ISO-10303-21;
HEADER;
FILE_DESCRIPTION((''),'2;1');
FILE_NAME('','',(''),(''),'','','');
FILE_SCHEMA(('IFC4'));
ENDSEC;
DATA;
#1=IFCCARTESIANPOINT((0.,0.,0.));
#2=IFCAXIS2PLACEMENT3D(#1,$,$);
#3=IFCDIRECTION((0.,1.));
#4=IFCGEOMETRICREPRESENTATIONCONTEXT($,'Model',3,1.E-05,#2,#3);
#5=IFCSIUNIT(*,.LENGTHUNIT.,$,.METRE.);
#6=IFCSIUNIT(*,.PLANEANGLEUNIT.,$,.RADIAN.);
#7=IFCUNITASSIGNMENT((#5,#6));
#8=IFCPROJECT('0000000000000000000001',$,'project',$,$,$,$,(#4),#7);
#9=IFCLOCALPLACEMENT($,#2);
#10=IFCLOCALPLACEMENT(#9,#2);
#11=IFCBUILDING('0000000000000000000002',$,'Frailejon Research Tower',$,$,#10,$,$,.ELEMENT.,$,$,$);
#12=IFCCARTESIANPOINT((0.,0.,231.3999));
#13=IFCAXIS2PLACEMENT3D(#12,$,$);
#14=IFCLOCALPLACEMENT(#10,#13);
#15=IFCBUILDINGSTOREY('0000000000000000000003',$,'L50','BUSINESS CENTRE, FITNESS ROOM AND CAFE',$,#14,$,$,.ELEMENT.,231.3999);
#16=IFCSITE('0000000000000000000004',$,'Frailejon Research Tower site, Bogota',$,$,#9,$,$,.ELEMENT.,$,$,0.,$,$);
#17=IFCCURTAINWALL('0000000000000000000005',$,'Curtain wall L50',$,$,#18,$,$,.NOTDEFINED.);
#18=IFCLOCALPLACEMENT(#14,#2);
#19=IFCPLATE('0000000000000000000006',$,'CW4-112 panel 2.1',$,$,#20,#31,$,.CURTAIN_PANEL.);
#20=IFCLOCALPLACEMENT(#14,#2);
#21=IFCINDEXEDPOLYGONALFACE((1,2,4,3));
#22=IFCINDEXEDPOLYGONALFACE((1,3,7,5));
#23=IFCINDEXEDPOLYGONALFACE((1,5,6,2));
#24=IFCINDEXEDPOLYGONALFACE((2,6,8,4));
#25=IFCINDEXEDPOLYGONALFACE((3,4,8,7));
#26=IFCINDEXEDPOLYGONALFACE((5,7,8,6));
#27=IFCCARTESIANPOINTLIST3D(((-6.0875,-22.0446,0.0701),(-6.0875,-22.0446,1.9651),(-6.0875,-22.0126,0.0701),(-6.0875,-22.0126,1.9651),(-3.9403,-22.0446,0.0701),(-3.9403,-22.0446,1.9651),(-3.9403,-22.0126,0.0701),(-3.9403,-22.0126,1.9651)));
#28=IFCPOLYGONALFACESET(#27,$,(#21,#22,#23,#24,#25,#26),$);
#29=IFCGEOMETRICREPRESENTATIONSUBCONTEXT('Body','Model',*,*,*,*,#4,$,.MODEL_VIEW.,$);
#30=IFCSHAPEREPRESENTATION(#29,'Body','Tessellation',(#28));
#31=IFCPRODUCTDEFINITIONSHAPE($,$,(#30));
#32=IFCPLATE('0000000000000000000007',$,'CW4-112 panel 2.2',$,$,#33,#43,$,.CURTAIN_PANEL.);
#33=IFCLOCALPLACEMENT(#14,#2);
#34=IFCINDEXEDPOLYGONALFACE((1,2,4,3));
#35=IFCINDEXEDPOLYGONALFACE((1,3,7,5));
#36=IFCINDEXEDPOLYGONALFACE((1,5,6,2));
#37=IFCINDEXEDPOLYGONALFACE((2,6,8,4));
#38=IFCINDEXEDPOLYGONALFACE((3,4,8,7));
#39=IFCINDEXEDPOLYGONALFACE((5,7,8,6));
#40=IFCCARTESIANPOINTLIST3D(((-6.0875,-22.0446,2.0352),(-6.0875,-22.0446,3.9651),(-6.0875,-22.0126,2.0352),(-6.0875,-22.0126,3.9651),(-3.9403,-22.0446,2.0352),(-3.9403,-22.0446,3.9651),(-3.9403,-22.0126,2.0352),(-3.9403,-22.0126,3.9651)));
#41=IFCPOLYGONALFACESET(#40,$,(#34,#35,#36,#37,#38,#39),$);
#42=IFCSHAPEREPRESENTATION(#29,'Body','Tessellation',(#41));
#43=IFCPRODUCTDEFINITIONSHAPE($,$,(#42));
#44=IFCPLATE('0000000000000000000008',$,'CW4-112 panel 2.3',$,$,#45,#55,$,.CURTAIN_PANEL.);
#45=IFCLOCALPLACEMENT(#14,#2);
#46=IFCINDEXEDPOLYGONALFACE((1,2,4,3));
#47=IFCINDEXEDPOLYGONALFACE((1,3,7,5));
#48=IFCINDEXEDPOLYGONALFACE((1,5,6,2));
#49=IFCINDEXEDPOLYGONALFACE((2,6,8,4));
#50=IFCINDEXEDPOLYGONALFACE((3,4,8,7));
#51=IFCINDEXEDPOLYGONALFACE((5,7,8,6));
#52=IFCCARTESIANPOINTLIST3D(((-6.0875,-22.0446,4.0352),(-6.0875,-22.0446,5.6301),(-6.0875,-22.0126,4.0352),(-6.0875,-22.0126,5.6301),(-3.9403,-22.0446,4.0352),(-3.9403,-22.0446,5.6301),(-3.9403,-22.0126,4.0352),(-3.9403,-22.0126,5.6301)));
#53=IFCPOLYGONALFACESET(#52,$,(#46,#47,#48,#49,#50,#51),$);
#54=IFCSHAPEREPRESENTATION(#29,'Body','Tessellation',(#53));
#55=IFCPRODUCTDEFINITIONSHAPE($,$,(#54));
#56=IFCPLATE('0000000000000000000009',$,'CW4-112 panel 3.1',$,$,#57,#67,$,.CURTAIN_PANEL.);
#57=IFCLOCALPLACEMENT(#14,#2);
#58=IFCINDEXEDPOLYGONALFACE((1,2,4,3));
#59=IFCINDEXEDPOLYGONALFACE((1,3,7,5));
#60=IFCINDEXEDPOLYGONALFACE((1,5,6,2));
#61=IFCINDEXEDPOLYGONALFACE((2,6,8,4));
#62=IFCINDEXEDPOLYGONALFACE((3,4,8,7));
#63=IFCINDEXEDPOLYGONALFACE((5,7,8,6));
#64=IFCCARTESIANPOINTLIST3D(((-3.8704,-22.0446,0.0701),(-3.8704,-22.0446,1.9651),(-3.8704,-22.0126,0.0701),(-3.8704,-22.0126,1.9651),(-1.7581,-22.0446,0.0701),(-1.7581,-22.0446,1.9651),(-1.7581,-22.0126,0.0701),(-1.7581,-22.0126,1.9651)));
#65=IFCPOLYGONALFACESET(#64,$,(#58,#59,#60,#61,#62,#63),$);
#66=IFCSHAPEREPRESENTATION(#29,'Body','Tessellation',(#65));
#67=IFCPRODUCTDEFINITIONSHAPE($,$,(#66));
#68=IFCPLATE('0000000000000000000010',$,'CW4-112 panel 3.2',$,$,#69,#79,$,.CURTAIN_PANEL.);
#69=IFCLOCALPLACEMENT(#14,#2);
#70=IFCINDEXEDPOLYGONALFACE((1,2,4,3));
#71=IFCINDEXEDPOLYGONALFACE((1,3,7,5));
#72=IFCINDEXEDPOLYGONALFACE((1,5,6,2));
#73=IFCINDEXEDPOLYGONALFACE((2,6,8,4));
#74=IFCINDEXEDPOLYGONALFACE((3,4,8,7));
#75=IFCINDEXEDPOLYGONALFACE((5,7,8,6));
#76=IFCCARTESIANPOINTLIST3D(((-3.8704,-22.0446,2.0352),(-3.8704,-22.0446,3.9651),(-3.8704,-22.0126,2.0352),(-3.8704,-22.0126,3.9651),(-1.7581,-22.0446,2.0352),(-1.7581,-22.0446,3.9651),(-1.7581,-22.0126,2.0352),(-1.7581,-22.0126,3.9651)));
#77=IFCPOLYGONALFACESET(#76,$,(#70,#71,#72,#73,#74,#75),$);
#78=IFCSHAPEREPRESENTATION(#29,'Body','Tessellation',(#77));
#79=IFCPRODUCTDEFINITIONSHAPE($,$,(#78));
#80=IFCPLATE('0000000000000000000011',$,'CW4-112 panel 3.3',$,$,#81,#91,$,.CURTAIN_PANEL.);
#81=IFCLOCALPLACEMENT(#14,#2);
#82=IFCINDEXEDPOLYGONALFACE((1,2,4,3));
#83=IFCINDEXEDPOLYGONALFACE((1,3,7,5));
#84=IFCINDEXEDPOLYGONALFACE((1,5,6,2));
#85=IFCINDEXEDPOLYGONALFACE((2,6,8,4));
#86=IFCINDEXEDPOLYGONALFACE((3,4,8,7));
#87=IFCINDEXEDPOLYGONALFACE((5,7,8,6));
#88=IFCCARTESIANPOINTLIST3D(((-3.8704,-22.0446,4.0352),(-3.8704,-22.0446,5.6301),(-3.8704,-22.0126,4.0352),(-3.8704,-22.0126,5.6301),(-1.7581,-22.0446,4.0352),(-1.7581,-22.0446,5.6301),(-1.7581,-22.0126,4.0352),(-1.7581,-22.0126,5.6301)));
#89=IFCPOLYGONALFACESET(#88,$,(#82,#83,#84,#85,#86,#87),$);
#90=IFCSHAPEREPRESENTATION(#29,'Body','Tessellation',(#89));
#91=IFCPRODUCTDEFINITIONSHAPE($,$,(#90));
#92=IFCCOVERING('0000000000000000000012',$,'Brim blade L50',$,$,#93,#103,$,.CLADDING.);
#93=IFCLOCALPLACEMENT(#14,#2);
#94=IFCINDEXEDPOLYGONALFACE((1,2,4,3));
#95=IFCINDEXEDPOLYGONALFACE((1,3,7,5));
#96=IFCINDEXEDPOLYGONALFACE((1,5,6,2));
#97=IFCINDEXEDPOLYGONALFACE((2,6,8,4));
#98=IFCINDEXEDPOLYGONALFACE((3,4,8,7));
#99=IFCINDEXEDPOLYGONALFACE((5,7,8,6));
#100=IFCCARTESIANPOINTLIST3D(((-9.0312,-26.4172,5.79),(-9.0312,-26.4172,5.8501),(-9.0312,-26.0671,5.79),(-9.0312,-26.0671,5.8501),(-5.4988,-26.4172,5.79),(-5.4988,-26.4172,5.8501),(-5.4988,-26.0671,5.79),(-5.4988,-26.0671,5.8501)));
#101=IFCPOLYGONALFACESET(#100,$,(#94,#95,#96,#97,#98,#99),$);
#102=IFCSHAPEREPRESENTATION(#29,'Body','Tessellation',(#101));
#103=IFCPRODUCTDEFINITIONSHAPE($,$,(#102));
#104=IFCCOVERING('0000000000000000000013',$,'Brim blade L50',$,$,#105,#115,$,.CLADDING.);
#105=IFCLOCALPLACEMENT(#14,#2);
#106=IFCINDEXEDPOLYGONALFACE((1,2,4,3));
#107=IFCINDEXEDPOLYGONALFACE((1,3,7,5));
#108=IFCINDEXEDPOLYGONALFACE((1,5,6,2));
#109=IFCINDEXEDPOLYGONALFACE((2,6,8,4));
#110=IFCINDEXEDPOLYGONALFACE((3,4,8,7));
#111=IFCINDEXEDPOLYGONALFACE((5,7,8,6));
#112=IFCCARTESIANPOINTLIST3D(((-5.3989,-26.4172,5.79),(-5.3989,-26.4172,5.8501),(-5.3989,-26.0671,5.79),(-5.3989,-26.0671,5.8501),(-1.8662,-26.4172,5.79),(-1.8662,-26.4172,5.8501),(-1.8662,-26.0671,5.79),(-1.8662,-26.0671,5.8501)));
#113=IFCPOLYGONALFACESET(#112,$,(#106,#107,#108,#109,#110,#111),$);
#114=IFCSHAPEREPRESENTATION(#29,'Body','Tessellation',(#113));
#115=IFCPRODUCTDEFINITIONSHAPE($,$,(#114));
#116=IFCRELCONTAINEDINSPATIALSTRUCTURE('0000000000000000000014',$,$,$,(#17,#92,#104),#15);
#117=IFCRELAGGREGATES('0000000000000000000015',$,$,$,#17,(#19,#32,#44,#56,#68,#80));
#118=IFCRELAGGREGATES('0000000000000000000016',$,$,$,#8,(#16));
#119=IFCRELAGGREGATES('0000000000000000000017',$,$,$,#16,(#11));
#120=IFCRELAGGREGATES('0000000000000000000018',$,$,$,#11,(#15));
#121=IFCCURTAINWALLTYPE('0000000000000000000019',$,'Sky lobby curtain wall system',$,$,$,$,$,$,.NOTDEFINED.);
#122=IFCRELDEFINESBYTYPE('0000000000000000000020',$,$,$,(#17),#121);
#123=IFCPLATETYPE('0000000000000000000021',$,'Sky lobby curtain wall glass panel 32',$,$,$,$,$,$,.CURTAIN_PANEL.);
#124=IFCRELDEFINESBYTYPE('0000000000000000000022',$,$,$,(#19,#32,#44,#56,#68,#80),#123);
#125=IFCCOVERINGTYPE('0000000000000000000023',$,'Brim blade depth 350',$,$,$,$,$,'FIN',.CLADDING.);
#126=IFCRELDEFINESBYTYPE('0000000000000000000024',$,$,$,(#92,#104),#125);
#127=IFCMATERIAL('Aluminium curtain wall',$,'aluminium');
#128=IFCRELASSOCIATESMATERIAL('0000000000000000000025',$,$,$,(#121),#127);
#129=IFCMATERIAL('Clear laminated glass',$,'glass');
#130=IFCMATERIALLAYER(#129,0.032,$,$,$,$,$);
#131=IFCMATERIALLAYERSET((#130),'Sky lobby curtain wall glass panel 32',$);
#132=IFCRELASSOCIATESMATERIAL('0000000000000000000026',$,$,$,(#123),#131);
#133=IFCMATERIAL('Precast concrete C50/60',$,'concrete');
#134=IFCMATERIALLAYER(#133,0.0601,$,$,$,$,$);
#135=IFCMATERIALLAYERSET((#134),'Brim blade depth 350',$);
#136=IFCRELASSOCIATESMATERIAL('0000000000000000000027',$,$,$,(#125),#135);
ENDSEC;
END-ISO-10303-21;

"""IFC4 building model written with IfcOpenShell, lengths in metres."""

from ifc_helpers import new_model, si_unit, direction, frame, origin, origin_2d, place, context, subcontext, project, spatial, polyline, rectangle, outline, extrude, material, layer, layer_set, type_object, element, aggregate, save


model = new_model("IFC4")

# Units and contexts
model_context = context("Model", 3, precision=1e-05, world=origin(), true_north=direction((0.0, 1.0)))
body_context = subcontext(model_context, "Body", "Model", "MODEL_VIEW")
ifc_project = project(units=[si_unit("LENGTHUNIT", "METRE"), si_unit("PLANEANGLEUNIT", "RADIAN")], contexts=[model_context])

# Site, building, storey
site_placement = place(None, origin())
site = spatial("IfcSite", under=ifc_project, at=site_placement, Name="Frailejon Research Tower site, Bogota", CompositionType="ELEMENT", RefElevation=0.0)
building_placement = place(site_placement, origin())
building = spatial("IfcBuilding", under=site, at=building_placement, Name="Frailejon Research Tower", CompositionType="ELEMENT")
storey_placement = place(building_placement, frame((0.0, 0.0, 231.3999)))
storey = spatial("IfcBuildingStorey", under=building, at=storey_placement, Name="L50", Description="BUSINESS CENTRE, FITNESS ROOM AND CAFE", CompositionType="ELEMENT", Elevation=231.3999)

# Curtain wall
ifc_material_1 = material(Name="Aluminium curtain wall", Category="aluminium")
curtain_wall_type = type_object("IfcCurtainWallType", Name="Sky lobby curtain wall system", PredefinedType="NOTDEFINED", material=ifc_material_1)
curtain_wall_placement = place(storey_placement, origin())
curtain_wall = element("IfcCurtainWall", 1, at=curtain_wall_placement, inside=storey, type_object=curtain_wall_type, Name="Curtain wall L50", PredefinedType="NOTDEFINED")

# Plates
ifc_material_2 = material(Name="Clear laminated glass", Category="glass")
ifc_layer_1 = layer(ifc_material_2, 0.032)
ifc_layer_set_1 = layer_set([ifc_layer_1], Name="Sky lobby curtain wall glass panel 32")
plate_type = type_object("IfcPlateType", Name="Sky lobby curtain wall glass panel 32", PredefinedType="CURTAIN_PANEL", material=ifc_layer_set_1)
plate_1_placement = place(storey_placement, frame((-5.0139, -22.0286, 0.0701), z_axis=(0.0, 0.0, 1.0), x_axis=(1.0, 0.0, 0.0)))
plate_1 = element("IfcPlate", 2, at=plate_1_placement, type_object=plate_type, Name="CW4-112 panel 2.1", PredefinedType="CURTAIN_PANEL", context=body_context, shape_type="SweptSolid", body=[
    extrude(rectangle(XDim=2.1472, YDim=0.032, at=origin_2d()), origin(), (0.0, 0.0, 1.0), 1.895),
])
plate_2_placement = place(storey_placement, frame((-5.0139, -22.0286, 2.0352), z_axis=(0.0, 0.0, 1.0), x_axis=(1.0, 0.0, 0.0)))
plate_2 = element("IfcPlate", 3, at=plate_2_placement, type_object=plate_type, Name="CW4-112 panel 2.2", PredefinedType="CURTAIN_PANEL", context=body_context, shape_type="SweptSolid", body=[
    extrude(rectangle(XDim=2.1472, YDim=0.032, at=origin_2d()), origin(), (0.0, 0.0, 1.0), 1.9299),
])
plate_3_placement = place(storey_placement, frame((-5.0139, -22.0286, 4.0352), z_axis=(0.0, 0.0, 1.0), x_axis=(1.0, 0.0, 0.0)))
plate_3 = element("IfcPlate", 4, at=plate_3_placement, type_object=plate_type, Name="CW4-112 panel 2.3", PredefinedType="CURTAIN_PANEL", context=body_context, shape_type="SweptSolid", body=[
    extrude(rectangle(XDim=2.1472, YDim=0.032, at=origin_2d()), origin(), (0.0, 0.0, 1.0), 1.595),
])
plate_4_placement = place(storey_placement, frame((-2.8142, -22.0286, 0.0701), z_axis=(0.0, 0.0, 1.0), x_axis=(1.0, 0.0, 0.0)))
plate_4 = element("IfcPlate", 5, at=plate_4_placement, type_object=plate_type, Name="CW4-112 panel 3.1", PredefinedType="CURTAIN_PANEL", context=body_context, shape_type="SweptSolid", body=[
    extrude(rectangle(XDim=2.1123, YDim=0.032, at=origin_2d()), origin(), (0.0, 0.0, 1.0), 1.895),
])
plate_5_placement = place(storey_placement, frame((-2.8142, -22.0286, 2.0352), z_axis=(0.0, 0.0, 1.0), x_axis=(1.0, 0.0, 0.0)))
plate_5 = element("IfcPlate", 6, at=plate_5_placement, type_object=plate_type, Name="CW4-112 panel 3.2", PredefinedType="CURTAIN_PANEL", context=body_context, shape_type="SweptSolid", body=[
    extrude(rectangle(XDim=2.1123, YDim=0.032, at=origin_2d()), origin(), (0.0, 0.0, 1.0), 1.9299),
])
plate_6_placement = place(storey_placement, frame((-2.8142, -22.0286, 4.0352), z_axis=(0.0, 0.0, 1.0), x_axis=(1.0, 0.0, 0.0)))
plate_6 = element("IfcPlate", 7, at=plate_6_placement, type_object=plate_type, Name="CW4-112 panel 3.3", PredefinedType="CURTAIN_PANEL", context=body_context, shape_type="SweptSolid", body=[
    extrude(rectangle(XDim=2.1123, YDim=0.032, at=origin_2d()), origin(), (0.0, 0.0, 1.0), 1.595),
])
aggregate(curtain_wall, [plate_1, plate_2, plate_3, plate_4, plate_5, plate_6])

# Coverings
ifc_material_3 = material(Name="Precast concrete C50/60", Category="concrete")
ifc_layer_2 = layer(ifc_material_3, 0.0601)
ifc_layer_set_2 = layer_set([ifc_layer_2], Name="Brim blade depth 350")
covering_type = type_object("IfcCoveringType", Name="Brim blade depth 350", ElementType="FIN", PredefinedType="CLADDING", material=ifc_layer_set_2)
covering_1_placement = place(storey_placement, frame((-5.4988, -26.0671, 5.8501), z_axis=(-1.0, 0.0, 0.0), x_axis=(0.0, -1.0, 0.0)))
element("IfcCovering", 8, at=covering_1_placement, inside=storey, type_object=covering_type, Name="Brim blade L50", PredefinedType="CLADDING", context=body_context, shape_type="SweptSolid", body=[
    extrude(outline(polyline([(0.0, -0.0601), (0.3501, -0.0601), (0.3501, 0.0), (0.0, 0.0), (0.0, -0.0601)])), origin(), (0.0, 0.0, 1.0), 3.5325),
])
covering_2_placement = place(storey_placement, frame((-1.8662, -26.0671, 5.8501), z_axis=(-1.0, 0.0, 0.0), x_axis=(0.0, -1.0, 0.0)))
element("IfcCovering", 9, at=covering_2_placement, inside=storey, type_object=covering_type, Name="Brim blade L50", PredefinedType="CLADDING", context=body_context, shape_type="SweptSolid", body=[
    extrude(outline(polyline([(0.0, -0.0601), (0.3501, -0.0601), (0.3501, 0.0), (0.0, 0.0), (0.0, -0.0601)])), origin(), (0.0, 0.0, 1.0), 3.5327),
])

save(model, "model.ifc")
